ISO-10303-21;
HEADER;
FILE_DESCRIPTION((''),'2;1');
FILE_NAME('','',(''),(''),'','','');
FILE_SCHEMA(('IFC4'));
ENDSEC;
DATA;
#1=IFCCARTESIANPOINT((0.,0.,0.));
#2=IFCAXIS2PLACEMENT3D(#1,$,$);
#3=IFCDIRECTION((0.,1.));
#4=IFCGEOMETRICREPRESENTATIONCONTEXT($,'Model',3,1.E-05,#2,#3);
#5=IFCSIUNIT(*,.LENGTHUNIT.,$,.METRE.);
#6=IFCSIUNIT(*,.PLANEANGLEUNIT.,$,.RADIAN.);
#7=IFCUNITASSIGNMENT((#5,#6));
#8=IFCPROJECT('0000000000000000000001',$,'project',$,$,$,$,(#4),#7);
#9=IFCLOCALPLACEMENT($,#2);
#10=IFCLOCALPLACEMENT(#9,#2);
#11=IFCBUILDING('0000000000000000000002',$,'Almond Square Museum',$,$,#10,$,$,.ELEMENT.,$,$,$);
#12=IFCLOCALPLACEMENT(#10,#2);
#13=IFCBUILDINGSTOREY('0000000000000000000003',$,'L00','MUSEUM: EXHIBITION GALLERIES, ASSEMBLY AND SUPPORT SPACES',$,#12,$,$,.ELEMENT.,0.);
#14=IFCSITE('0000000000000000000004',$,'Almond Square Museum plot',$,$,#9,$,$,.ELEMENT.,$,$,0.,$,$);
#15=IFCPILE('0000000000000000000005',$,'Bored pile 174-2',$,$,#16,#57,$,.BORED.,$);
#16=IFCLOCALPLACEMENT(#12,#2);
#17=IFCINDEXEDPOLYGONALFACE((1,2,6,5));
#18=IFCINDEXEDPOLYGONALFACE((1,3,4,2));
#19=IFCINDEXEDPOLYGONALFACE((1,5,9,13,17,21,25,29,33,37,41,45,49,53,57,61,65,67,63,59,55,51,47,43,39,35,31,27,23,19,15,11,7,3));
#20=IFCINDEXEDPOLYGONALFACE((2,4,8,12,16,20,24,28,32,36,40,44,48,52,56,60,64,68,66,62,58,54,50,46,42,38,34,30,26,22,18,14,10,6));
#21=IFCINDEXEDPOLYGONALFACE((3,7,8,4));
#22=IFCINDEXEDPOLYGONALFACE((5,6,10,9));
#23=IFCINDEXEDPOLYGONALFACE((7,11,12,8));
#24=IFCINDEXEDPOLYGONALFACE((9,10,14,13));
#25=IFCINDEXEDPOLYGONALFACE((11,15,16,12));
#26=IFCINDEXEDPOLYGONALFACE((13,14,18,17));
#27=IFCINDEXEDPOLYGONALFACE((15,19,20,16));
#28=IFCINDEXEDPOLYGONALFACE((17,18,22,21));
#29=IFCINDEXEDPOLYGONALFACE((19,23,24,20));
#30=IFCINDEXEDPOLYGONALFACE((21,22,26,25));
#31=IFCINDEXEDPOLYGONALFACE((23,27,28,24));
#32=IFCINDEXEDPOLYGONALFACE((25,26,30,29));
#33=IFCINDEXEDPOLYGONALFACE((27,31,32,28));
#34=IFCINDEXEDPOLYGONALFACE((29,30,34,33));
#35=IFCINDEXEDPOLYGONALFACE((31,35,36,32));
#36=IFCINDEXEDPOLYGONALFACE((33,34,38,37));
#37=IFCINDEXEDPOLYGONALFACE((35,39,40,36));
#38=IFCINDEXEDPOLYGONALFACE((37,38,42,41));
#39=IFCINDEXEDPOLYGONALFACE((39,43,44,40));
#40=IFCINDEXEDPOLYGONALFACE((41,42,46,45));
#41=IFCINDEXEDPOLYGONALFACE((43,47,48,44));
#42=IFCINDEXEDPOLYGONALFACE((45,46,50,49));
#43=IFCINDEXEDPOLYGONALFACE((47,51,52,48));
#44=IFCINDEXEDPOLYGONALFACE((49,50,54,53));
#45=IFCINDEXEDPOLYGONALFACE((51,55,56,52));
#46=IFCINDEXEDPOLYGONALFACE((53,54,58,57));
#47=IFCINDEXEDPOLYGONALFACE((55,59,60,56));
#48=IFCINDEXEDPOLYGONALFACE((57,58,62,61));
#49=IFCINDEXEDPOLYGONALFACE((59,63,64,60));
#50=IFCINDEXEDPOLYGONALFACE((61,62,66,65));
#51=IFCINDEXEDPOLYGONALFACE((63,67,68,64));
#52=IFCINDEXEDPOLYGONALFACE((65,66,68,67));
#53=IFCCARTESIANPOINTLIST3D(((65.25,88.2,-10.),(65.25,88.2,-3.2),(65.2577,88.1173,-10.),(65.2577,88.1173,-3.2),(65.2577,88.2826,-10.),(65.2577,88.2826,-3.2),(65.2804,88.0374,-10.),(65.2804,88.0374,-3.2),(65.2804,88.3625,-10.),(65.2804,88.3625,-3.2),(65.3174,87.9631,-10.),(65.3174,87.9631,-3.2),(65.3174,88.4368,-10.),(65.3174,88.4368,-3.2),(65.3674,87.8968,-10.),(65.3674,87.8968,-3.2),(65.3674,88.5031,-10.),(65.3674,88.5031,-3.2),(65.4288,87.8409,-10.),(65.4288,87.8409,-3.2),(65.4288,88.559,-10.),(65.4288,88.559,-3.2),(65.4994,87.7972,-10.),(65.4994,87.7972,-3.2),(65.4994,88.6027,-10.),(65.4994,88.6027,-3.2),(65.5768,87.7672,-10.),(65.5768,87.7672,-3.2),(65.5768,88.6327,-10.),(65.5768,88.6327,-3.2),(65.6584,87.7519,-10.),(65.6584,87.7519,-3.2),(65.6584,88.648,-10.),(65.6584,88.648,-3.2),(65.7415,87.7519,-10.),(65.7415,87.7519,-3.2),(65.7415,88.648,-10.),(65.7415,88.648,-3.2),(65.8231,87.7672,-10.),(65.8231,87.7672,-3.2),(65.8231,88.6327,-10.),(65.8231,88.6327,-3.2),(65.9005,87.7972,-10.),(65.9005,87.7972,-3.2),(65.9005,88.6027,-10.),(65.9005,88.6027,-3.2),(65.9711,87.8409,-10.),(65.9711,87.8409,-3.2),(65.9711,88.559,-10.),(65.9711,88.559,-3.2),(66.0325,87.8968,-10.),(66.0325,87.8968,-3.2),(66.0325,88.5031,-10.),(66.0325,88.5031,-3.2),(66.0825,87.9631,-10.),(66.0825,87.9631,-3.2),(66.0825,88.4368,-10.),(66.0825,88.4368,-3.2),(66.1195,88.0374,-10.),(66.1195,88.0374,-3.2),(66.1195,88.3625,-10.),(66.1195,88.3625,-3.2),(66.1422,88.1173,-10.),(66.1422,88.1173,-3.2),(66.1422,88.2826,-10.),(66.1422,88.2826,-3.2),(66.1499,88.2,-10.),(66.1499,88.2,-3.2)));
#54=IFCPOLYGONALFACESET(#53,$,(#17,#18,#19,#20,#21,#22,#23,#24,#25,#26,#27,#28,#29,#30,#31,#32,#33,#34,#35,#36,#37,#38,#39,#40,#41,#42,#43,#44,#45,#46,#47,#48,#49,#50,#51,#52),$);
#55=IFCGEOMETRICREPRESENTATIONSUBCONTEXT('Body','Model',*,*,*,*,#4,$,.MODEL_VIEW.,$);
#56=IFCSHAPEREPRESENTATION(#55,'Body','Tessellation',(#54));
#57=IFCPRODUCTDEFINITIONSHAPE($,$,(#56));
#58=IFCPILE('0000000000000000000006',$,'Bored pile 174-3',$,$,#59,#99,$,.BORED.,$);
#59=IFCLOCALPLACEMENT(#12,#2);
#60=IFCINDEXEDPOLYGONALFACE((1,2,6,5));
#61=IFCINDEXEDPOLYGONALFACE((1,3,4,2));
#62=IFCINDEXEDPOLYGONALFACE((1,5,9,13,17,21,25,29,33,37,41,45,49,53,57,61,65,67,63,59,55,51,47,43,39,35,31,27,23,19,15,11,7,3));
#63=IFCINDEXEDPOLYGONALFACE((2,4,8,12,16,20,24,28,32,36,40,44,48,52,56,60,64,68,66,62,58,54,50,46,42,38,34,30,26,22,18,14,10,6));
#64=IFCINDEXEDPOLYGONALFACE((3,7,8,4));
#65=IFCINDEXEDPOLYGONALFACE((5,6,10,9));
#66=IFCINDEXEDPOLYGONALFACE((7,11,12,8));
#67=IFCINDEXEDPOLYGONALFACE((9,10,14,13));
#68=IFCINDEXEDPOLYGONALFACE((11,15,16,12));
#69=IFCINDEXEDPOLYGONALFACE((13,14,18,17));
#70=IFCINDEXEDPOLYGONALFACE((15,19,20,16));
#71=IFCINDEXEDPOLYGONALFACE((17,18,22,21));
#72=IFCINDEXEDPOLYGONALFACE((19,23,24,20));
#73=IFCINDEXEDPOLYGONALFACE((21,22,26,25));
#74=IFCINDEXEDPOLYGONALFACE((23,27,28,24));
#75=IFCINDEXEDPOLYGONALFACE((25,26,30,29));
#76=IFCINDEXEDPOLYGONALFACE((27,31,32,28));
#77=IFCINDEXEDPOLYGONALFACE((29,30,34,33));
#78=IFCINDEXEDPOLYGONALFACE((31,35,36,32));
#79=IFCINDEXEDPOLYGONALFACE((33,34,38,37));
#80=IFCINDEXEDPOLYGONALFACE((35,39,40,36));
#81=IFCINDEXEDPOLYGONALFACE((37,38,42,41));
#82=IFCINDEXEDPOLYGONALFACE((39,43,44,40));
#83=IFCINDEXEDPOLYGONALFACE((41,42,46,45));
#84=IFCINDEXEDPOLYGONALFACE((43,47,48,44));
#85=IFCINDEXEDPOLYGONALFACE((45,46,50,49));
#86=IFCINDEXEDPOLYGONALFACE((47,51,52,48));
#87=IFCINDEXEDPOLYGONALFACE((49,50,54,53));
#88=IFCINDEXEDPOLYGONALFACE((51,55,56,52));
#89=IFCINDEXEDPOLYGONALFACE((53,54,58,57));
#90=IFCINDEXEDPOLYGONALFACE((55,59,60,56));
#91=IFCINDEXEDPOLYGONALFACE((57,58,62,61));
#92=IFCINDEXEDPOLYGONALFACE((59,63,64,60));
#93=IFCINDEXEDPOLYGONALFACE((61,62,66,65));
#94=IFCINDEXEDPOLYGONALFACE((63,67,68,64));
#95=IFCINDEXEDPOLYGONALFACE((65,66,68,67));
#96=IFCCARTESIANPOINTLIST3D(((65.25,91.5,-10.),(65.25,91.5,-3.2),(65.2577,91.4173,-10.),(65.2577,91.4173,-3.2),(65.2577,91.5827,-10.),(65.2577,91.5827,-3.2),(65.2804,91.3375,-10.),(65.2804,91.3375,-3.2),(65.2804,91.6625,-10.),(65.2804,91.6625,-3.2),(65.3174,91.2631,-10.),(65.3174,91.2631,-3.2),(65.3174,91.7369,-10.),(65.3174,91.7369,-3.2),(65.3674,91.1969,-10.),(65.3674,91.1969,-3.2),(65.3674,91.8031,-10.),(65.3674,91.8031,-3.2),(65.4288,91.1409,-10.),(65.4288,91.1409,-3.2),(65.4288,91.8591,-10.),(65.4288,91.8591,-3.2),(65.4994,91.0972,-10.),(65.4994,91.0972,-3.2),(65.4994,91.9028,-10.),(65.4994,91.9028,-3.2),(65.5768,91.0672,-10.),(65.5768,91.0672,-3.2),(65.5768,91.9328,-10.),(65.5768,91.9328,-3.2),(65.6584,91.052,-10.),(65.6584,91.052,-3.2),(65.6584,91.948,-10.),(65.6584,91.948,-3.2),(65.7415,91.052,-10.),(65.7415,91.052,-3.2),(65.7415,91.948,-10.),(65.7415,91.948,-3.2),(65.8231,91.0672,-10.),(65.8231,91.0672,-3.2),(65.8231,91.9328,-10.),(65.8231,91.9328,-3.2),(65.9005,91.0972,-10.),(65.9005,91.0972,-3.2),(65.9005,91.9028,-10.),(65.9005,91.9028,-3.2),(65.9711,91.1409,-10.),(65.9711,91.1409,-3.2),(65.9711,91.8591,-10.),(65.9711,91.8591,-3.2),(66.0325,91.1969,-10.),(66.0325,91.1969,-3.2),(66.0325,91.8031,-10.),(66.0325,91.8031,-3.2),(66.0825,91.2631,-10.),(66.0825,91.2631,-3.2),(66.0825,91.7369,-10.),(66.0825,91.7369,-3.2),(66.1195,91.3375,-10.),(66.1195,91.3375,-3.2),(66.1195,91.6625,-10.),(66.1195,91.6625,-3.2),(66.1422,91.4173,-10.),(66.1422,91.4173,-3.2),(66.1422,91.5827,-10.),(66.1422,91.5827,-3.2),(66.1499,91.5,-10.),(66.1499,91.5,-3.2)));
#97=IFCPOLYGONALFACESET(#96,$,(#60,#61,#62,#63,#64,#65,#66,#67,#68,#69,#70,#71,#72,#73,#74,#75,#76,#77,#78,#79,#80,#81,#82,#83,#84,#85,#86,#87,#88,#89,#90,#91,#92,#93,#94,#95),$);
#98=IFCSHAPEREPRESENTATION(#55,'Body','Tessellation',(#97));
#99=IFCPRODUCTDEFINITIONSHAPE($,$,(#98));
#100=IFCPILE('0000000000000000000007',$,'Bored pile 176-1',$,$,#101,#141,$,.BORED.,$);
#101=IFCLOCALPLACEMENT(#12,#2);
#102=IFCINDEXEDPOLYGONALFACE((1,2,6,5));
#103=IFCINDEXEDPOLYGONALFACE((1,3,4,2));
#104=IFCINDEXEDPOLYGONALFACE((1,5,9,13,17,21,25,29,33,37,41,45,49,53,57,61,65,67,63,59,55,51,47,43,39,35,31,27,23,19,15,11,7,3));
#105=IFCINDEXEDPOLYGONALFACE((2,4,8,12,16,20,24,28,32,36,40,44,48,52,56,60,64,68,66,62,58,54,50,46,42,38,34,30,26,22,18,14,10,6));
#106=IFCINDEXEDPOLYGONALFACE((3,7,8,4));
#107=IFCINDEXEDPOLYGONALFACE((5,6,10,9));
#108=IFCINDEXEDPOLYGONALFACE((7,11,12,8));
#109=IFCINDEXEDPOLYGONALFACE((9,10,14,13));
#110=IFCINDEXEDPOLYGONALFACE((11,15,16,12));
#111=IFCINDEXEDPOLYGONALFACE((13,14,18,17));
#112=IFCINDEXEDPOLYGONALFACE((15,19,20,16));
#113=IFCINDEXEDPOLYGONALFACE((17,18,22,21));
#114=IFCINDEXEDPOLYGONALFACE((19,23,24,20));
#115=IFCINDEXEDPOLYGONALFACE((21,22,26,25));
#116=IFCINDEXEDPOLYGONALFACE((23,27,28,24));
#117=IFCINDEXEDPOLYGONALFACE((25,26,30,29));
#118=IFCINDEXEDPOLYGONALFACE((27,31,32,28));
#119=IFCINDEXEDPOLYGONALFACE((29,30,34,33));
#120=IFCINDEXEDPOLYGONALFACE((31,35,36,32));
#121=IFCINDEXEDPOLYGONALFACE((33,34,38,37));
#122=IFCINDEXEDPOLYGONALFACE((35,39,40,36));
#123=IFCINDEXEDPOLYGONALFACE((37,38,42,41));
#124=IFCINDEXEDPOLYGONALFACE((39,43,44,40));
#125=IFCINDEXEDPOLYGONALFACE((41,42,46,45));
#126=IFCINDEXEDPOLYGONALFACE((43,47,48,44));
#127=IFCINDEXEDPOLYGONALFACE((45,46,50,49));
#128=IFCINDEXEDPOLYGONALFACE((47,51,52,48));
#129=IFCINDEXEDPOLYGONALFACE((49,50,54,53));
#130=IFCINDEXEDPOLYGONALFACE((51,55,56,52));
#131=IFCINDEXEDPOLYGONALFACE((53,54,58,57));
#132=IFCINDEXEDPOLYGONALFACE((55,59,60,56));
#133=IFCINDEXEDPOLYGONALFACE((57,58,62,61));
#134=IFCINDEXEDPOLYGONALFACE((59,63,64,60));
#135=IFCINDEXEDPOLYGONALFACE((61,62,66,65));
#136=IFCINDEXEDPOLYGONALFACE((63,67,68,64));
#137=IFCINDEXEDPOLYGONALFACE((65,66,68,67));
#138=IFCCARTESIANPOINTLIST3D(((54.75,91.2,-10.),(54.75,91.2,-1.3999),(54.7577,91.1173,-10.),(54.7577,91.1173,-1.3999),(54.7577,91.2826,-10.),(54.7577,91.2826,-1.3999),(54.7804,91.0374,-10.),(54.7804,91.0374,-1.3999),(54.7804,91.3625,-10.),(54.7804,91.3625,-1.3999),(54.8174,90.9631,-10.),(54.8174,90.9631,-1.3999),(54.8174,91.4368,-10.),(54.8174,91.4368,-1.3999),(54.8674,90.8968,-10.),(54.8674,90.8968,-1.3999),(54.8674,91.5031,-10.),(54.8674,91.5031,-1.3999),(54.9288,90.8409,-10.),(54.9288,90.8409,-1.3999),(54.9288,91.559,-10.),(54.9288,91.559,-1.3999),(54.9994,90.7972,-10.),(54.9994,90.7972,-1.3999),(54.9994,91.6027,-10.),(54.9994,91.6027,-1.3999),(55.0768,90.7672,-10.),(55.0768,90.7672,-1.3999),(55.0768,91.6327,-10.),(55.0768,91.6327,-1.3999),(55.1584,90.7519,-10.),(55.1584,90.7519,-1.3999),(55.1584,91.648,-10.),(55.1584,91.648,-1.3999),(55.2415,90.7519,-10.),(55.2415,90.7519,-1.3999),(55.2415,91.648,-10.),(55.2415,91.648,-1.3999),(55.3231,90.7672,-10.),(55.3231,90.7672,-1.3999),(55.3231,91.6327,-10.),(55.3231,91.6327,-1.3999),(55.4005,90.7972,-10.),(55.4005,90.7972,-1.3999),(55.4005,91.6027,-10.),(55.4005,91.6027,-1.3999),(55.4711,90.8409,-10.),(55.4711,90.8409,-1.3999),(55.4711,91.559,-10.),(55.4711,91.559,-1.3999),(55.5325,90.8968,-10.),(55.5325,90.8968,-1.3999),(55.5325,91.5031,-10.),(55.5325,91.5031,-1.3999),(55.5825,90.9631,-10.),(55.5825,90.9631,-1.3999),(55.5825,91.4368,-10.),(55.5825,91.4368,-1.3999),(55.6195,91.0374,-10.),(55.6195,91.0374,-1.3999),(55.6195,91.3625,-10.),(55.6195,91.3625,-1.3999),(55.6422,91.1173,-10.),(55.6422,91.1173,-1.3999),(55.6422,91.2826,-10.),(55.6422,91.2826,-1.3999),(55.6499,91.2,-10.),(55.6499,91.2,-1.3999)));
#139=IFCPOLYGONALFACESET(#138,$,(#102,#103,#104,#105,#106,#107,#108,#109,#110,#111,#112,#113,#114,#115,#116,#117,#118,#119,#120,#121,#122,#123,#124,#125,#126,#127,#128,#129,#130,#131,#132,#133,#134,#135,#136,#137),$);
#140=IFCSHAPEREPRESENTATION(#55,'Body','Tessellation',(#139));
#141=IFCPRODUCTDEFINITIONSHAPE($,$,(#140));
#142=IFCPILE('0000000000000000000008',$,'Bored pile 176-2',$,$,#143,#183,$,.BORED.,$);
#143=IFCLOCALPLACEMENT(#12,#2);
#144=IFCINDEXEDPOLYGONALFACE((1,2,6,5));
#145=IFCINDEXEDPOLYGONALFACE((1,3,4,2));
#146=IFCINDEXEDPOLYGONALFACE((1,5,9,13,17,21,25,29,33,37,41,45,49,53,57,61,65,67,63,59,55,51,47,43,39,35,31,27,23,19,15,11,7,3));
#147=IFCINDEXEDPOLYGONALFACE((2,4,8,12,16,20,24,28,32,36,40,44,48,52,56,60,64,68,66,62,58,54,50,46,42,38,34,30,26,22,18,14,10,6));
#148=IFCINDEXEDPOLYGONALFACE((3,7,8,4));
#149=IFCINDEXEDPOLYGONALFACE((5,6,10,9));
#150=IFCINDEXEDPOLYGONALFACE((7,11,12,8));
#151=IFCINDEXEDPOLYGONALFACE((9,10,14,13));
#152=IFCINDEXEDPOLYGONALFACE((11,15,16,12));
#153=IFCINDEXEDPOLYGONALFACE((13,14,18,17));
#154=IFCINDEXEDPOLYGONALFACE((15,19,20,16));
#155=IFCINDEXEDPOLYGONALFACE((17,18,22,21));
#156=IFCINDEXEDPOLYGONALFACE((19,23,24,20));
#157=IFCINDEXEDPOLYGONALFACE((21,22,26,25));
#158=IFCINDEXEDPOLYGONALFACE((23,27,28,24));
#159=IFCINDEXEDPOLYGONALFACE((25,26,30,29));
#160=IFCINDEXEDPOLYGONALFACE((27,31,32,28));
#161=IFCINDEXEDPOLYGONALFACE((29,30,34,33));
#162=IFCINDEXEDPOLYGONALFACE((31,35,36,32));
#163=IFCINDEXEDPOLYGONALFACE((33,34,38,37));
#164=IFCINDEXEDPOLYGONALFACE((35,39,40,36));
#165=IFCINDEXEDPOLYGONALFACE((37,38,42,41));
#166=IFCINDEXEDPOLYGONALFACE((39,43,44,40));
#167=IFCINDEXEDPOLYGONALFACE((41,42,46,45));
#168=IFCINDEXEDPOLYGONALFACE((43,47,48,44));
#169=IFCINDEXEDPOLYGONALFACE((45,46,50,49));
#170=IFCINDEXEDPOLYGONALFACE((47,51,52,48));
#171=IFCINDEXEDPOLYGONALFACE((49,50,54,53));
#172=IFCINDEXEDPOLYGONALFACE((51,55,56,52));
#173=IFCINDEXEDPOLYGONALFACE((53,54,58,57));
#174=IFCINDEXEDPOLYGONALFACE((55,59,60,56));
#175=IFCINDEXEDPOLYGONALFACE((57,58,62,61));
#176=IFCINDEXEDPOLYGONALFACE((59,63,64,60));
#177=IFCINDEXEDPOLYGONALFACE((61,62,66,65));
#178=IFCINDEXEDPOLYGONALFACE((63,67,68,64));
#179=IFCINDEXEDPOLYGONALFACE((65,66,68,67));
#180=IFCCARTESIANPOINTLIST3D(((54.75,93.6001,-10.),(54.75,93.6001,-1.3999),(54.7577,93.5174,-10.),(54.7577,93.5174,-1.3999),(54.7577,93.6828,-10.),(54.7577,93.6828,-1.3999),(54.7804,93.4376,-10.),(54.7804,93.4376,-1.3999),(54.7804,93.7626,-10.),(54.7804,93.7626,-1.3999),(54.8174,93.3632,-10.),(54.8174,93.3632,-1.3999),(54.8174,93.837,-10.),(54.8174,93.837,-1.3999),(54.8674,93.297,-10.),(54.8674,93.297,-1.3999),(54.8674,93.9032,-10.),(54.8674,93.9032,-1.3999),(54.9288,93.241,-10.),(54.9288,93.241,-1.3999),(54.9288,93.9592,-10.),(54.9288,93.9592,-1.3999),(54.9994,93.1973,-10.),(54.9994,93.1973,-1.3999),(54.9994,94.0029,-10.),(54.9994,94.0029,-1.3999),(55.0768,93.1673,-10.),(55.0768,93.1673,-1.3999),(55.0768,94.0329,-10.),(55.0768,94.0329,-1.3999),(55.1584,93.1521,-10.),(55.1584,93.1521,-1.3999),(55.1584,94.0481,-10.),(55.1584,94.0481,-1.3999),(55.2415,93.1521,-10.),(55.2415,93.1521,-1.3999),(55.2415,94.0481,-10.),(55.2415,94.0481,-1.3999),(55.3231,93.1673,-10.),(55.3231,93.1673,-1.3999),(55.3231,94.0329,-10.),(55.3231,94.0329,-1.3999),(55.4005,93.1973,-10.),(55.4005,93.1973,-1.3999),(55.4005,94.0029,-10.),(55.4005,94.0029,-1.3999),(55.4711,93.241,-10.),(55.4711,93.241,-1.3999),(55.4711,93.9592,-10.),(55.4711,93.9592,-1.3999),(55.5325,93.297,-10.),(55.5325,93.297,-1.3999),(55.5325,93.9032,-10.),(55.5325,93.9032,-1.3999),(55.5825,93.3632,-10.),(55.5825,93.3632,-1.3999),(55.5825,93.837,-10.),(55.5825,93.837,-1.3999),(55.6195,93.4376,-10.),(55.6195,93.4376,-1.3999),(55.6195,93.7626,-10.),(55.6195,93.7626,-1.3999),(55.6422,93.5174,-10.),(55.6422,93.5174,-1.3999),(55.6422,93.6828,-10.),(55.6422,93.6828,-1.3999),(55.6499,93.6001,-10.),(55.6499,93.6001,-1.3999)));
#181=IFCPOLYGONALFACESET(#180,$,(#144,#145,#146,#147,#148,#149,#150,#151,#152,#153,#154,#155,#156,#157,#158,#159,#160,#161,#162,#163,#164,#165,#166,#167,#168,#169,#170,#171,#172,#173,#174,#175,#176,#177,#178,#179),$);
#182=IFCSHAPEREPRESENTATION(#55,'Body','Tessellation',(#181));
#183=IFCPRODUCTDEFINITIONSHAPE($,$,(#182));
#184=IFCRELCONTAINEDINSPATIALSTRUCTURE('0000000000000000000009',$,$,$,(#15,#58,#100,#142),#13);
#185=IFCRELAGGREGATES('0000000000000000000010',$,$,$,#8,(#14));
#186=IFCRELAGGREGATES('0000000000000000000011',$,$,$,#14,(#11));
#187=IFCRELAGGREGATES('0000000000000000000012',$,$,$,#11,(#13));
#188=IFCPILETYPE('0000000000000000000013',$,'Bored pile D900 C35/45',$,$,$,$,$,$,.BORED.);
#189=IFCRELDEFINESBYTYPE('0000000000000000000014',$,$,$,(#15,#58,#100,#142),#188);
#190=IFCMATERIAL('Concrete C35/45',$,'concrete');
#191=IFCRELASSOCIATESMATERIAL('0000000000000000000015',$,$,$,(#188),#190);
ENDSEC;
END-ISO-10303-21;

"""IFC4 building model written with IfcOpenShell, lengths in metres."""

from ifc_helpers import new_model, si_unit, direction, frame, origin, origin_2d, place, context, subcontext, project, spatial, circle, extrude, material, material_profile, profile_set, type_object, element, save


model = new_model("IFC4")

# Units and contexts
model_context = context("Model", 3, precision=1e-05, world=origin(), true_north=direction((0.0, 1.0)))
body_context = subcontext(model_context, "Body", "Model", "MODEL_VIEW")
ifc_project = project(units=[si_unit("LENGTHUNIT", "METRE"), si_unit("PLANEANGLEUNIT", "RADIAN")], contexts=[model_context])

# Site, building, storey
site_placement = place(None, origin())
site = spatial("IfcSite", under=ifc_project, at=site_placement, Name="Almond Square Museum plot", CompositionType="ELEMENT", RefElevation=0.0)
building_placement = place(site_placement, origin())
building = spatial("IfcBuilding", under=site, at=building_placement, Name="Almond Square Museum", CompositionType="ELEMENT")
storey_placement = place(building_placement, origin())
storey = spatial("IfcBuildingStorey", under=building, at=storey_placement, Name="L00", Description="MUSEUM: EXHIBITION GALLERIES, ASSEMBLY AND SUPPORT SPACES", CompositionType="ELEMENT", Elevation=0.0)

# Piles
ifc_material_1 = material(Name="Concrete C35/45", Category="concrete")
ifc_material_profile_1 = material_profile(ifc_material_1, circle(Radius=0.45, at=origin_2d()))
ifc_profile_set_1 = profile_set([ifc_material_profile_1], Name="Concrete C35/45")
pile_type = type_object("IfcPileType", Name="Bored pile D900 C35/45", PredefinedType="BORED", material=ifc_profile_set_1)
for number, where, z_axis, x_axis, name in (
    (1, (65.7, 88.2, -3.2), (0.0, 0.0, -1.0), (1.0, 0.0, 0.0), "Bored pile 174-2"),
    (2, (65.7, 91.5, -3.2), (0.0, 0.0, -1.0), (1.0, 0.0, 0.0), "Bored pile 174-3"),
):
    element("IfcPile", number, at=place(storey_placement, frame(where, z_axis=z_axis, x_axis=x_axis)), inside=storey, type_object=pile_type, Name=name, PredefinedType="BORED", context=body_context, shape_type="SweptSolid", body=[
        extrude(circle(Radius=0.45, at=origin_2d()), origin(), (0.0, 0.0, 1.0), 6.8),
    ])
for number, where, z_axis, x_axis, name in (
    (3, (55.2, 91.2, -1.3999), (0.0, 0.0, -1.0), (1.0, 0.0, 0.0), "Bored pile 176-1"),
    (4, (55.2, 93.6001, -1.3999), (0.0, 0.0, -1.0), (1.0, 0.0, 0.0), "Bored pile 176-2"),
):
    element("IfcPile", number, at=place(storey_placement, frame(where, z_axis=z_axis, x_axis=x_axis)), inside=storey, type_object=pile_type, Name=name, PredefinedType="BORED", context=body_context, shape_type="SweptSolid", body=[
        extrude(circle(Radius=0.45, at=origin_2d()), origin(), (0.0, 0.0, 1.0), 8.6001),
    ])

save(model, "model.ifc")
